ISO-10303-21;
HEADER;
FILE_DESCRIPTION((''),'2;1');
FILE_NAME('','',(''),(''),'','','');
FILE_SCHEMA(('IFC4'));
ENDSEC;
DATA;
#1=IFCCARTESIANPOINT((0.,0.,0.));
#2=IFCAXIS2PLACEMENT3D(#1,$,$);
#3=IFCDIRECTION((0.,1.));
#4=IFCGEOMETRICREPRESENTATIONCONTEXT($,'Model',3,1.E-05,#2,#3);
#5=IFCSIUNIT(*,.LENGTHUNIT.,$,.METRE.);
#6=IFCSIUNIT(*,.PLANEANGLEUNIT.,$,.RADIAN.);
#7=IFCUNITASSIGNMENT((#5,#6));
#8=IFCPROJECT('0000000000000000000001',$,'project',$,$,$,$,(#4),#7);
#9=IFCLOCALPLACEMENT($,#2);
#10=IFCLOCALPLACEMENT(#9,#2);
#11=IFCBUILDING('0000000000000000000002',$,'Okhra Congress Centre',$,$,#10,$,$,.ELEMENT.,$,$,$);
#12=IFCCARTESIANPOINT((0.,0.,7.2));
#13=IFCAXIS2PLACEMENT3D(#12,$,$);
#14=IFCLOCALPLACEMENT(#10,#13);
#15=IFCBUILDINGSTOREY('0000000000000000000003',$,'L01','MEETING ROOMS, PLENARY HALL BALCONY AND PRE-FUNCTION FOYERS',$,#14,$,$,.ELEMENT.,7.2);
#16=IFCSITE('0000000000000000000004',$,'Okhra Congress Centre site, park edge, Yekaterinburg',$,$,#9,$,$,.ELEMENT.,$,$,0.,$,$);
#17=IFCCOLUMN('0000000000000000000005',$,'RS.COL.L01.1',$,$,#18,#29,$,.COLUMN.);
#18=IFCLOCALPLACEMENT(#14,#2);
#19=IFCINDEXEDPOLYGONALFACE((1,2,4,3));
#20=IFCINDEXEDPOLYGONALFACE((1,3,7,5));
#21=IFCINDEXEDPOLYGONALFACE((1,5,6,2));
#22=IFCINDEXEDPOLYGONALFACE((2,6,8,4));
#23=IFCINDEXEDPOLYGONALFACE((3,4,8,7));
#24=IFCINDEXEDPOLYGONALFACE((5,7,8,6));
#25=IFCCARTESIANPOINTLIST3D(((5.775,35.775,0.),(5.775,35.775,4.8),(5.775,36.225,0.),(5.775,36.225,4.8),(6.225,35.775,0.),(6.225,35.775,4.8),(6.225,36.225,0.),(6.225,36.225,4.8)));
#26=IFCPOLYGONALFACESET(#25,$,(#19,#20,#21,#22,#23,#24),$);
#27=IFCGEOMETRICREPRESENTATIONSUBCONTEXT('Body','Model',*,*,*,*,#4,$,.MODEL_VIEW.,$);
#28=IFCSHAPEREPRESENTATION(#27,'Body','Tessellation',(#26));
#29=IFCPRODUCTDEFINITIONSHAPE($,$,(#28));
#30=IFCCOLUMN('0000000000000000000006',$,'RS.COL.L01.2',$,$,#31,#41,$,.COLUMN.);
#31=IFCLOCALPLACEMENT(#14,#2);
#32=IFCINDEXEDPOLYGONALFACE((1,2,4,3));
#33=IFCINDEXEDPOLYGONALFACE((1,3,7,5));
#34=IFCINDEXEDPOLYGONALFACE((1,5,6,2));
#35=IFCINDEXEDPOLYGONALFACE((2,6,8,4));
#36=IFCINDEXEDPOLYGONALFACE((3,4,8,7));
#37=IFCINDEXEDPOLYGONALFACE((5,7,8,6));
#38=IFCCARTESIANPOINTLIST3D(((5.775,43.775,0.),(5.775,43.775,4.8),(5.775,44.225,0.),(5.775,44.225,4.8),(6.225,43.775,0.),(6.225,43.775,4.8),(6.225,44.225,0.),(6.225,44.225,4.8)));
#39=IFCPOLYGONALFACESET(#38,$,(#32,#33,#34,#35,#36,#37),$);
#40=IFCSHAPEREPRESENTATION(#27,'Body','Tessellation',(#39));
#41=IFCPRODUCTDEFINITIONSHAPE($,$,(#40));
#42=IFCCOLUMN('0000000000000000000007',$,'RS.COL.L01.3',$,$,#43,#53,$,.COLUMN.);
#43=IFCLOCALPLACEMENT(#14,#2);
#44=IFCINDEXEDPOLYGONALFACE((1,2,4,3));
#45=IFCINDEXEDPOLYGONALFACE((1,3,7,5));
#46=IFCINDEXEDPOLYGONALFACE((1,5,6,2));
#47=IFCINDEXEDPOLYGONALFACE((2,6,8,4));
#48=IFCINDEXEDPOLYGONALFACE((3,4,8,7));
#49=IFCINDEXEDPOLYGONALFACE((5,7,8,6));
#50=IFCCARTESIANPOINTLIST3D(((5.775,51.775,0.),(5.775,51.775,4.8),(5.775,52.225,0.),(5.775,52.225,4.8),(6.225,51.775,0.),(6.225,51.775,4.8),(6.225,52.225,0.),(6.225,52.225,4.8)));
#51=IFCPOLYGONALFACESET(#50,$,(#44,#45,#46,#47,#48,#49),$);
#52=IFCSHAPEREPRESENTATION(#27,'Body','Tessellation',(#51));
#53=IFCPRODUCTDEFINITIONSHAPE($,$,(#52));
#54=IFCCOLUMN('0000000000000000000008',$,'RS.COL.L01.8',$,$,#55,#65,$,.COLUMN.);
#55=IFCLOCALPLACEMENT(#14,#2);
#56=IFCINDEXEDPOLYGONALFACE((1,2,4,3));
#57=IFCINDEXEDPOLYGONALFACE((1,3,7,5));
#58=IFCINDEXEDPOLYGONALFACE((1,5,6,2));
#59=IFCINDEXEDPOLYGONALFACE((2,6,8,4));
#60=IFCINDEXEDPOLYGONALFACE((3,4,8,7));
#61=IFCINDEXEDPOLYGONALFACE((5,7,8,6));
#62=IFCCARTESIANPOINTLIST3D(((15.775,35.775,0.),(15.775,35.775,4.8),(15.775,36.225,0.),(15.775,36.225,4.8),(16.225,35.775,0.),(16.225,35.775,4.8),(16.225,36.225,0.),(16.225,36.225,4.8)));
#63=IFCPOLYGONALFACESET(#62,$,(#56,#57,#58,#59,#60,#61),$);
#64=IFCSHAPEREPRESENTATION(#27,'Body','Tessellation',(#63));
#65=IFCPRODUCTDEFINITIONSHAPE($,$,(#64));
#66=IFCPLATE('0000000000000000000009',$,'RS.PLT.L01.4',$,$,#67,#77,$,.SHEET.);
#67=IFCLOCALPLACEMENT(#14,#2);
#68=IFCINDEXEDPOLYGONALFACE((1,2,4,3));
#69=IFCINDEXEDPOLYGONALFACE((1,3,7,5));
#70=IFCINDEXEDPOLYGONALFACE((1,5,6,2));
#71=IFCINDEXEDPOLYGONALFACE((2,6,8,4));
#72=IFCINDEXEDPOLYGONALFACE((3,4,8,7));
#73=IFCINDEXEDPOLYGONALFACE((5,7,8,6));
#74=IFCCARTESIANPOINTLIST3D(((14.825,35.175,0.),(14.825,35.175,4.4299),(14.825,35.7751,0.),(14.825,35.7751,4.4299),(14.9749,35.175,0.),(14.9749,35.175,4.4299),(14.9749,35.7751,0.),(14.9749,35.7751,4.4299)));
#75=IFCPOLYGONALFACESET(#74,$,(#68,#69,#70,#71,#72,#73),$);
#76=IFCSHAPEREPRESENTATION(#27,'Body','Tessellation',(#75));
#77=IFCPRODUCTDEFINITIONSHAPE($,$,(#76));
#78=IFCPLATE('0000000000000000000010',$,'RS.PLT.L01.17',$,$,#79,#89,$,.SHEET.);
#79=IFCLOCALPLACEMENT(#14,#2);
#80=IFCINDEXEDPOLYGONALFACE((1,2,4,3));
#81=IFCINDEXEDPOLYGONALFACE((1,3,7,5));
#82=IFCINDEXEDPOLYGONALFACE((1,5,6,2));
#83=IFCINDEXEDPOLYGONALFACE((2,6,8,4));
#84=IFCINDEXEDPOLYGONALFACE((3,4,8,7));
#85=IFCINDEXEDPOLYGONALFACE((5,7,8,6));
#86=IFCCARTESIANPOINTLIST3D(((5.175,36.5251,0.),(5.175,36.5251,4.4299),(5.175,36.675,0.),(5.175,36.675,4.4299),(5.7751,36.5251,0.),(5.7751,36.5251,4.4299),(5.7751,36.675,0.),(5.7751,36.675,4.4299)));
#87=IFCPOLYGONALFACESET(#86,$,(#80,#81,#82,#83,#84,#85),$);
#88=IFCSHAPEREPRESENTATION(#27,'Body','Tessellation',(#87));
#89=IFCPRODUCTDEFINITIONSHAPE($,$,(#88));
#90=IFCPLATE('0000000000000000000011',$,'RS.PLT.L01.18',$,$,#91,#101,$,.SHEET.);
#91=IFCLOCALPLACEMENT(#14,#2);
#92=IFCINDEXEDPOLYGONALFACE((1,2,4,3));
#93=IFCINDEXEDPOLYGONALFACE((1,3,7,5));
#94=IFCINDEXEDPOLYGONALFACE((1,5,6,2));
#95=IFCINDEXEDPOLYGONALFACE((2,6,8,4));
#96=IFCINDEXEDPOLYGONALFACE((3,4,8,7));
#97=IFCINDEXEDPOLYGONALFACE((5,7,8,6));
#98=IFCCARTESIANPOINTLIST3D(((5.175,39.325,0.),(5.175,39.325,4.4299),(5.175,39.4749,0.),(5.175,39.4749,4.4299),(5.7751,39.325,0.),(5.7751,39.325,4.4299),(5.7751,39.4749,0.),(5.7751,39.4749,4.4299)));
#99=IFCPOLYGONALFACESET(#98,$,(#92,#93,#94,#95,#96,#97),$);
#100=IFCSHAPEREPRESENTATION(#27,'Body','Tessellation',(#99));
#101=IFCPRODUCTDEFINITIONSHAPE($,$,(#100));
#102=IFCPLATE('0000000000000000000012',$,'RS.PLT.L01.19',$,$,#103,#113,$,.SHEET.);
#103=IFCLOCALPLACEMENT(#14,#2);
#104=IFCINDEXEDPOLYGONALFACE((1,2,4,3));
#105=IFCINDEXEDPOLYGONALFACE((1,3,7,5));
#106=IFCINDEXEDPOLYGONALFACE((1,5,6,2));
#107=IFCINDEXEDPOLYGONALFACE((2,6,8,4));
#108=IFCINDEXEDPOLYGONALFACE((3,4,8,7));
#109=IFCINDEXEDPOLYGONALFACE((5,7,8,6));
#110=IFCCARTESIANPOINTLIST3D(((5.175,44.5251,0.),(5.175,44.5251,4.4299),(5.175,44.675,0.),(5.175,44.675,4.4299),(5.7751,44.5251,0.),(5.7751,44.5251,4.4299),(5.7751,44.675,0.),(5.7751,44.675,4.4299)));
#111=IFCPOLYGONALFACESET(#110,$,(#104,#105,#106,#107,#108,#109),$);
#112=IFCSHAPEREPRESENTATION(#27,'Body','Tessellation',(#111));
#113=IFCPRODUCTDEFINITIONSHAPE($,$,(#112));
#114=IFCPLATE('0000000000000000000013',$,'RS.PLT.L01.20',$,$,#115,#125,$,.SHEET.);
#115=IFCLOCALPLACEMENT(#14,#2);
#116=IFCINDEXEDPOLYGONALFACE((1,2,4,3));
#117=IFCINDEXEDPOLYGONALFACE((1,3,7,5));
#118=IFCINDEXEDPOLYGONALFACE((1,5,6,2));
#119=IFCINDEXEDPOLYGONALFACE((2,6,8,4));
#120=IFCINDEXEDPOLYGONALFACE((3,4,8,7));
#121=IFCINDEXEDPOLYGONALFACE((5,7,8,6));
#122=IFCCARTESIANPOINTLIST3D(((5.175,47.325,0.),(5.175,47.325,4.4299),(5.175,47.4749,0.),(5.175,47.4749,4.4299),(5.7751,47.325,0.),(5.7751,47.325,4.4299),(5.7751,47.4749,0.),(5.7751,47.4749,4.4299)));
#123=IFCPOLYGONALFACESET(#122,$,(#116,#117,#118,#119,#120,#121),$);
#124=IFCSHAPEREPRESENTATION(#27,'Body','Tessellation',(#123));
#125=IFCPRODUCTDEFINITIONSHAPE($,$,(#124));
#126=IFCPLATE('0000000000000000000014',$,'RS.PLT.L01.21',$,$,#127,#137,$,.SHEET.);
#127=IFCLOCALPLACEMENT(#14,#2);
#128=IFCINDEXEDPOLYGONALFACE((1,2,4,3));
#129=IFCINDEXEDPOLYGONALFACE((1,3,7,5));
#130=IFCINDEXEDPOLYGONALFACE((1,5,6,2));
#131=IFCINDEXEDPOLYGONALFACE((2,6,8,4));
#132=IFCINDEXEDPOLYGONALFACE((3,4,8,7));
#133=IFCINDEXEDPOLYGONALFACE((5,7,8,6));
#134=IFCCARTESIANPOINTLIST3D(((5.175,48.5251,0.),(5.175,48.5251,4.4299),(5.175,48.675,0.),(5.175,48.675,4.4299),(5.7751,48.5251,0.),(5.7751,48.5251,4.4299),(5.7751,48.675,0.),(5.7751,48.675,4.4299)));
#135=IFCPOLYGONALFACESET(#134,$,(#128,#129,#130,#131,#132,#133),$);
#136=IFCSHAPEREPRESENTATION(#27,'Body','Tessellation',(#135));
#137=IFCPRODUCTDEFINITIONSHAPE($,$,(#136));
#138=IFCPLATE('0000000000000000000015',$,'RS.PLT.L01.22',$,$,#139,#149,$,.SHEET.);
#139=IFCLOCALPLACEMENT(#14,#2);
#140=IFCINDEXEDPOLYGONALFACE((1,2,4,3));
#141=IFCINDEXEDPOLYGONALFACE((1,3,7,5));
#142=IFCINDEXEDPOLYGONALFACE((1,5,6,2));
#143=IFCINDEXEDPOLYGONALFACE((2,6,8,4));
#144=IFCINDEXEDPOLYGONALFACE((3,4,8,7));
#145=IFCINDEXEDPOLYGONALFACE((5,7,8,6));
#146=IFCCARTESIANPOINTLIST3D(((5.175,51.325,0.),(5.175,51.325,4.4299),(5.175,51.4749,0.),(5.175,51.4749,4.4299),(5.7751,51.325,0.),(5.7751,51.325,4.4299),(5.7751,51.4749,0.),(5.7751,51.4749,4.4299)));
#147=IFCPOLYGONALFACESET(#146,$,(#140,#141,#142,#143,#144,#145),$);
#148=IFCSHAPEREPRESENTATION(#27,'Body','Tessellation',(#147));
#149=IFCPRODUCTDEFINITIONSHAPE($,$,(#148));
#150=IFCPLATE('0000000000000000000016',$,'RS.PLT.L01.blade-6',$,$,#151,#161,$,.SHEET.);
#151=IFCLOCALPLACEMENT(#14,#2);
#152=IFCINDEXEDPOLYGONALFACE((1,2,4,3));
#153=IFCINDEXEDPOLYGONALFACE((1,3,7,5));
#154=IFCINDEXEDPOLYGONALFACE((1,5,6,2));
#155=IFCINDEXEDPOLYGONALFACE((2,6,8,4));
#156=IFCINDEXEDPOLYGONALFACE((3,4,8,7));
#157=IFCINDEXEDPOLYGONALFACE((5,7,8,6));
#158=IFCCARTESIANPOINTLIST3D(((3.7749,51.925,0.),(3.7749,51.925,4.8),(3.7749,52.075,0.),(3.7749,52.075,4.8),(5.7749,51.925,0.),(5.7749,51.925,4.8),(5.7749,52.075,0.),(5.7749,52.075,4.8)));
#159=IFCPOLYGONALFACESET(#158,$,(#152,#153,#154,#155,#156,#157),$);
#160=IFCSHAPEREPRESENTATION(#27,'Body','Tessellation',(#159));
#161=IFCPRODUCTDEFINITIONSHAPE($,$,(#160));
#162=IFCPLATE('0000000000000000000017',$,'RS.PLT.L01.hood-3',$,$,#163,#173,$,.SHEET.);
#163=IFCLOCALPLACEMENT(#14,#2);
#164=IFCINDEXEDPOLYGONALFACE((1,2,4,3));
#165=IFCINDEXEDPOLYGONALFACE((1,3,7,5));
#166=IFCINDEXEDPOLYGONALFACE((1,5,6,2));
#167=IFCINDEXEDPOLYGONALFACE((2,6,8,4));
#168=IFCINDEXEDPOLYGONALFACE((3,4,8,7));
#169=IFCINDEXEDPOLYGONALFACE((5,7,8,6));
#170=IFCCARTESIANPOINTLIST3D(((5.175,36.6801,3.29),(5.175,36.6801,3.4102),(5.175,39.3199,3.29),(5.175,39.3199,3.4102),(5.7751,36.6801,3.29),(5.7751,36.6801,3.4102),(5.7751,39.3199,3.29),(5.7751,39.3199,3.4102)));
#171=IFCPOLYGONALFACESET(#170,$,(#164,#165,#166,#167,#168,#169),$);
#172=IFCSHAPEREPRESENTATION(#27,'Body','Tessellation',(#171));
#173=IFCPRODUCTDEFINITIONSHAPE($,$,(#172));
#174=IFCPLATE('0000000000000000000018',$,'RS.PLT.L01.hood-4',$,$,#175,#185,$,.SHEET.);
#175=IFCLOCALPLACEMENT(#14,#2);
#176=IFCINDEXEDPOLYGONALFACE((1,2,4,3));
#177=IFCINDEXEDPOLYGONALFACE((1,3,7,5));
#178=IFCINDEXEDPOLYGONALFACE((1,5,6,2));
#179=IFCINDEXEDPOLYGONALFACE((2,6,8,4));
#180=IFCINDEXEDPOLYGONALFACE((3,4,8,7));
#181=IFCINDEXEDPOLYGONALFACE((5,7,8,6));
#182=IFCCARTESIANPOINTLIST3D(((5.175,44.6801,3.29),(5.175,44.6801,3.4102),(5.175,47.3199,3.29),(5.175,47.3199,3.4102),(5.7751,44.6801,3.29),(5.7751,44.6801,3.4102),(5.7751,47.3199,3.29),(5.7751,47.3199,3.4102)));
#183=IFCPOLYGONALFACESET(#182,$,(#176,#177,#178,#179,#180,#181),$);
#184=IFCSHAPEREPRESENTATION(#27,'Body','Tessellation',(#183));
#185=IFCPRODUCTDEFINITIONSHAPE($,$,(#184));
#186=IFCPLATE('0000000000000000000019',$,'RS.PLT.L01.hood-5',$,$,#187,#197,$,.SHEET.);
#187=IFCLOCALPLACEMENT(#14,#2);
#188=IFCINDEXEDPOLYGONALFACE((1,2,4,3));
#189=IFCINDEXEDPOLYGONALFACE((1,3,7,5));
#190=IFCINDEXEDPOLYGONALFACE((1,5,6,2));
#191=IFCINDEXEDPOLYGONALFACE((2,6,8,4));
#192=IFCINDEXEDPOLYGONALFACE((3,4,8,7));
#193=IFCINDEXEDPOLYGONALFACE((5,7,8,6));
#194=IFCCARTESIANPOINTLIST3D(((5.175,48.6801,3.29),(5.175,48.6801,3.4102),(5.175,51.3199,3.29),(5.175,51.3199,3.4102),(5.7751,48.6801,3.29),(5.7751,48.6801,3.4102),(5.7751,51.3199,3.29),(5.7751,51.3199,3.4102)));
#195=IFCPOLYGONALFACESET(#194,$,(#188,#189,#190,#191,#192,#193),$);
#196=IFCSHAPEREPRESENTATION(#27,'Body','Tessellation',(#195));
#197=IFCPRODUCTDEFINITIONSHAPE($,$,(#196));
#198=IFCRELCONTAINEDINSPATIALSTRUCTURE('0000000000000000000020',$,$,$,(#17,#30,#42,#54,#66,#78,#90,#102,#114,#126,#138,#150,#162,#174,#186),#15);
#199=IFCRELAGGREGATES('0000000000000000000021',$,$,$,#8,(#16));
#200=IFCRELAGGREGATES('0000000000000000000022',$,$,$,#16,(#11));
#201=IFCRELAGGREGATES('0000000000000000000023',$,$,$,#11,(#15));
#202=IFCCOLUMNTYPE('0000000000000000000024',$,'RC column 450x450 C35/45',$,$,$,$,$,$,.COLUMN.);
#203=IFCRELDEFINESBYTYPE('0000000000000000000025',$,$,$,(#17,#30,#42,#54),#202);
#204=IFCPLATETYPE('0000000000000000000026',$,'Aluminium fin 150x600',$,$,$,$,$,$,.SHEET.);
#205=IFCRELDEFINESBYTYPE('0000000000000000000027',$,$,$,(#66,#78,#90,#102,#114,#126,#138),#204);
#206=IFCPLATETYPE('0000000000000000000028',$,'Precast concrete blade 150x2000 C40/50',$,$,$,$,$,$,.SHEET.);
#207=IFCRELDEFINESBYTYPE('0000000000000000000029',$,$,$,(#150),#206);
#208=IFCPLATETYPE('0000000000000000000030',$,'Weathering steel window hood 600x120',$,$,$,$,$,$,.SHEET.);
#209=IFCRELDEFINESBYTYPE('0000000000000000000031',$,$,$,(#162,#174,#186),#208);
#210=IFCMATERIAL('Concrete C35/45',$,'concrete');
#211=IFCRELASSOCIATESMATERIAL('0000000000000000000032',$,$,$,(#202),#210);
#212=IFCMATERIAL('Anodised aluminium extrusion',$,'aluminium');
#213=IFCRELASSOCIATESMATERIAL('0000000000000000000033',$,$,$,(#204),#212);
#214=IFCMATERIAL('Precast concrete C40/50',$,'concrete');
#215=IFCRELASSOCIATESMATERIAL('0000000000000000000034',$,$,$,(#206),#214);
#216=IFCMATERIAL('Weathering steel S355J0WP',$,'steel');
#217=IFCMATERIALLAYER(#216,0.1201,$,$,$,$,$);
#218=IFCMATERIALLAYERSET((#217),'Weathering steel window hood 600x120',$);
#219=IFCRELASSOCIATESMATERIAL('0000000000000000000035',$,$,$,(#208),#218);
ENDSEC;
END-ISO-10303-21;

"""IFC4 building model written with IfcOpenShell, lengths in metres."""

from ifc_helpers import new_model, si_unit, direction, frame, origin, origin_2d, place, context, subcontext, project, spatial, rectangle, extrude, material, layer, layer_set, material_profile, profile_set, type_object, element, save


model = new_model("IFC4")

# Units and contexts
model_context = context("Model", 3, precision=1e-05, world=origin(), true_north=direction((0.0, 1.0)))
body_context = subcontext(model_context, "Body", "Model", "MODEL_VIEW")
ifc_project = project(units=[si_unit("LENGTHUNIT", "METRE"), si_unit("PLANEANGLEUNIT", "RADIAN")], contexts=[model_context])

# Site, building, storey
site_placement = place(None, origin())
site = spatial("IfcSite", under=ifc_project, at=site_placement, Name="Okhra Congress Centre site, park edge, Yekaterinburg", CompositionType="ELEMENT", RefElevation=0.0)
building_placement = place(site_placement, origin())
building = spatial("IfcBuilding", under=site, at=building_placement, Name="Okhra Congress Centre", CompositionType="ELEMENT")
storey_placement = place(building_placement, frame((0.0, 0.0, 7.2)))
storey = spatial("IfcBuildingStorey", under=building, at=storey_placement, Name="L01", Description="MEETING ROOMS, PLENARY HALL BALCONY AND PRE-FUNCTION FOYERS", CompositionType="ELEMENT", Elevation=7.2)

# Columns
ifc_material_1 = material(Name="Concrete C35/45", Category="concrete")
ifc_material_profile = material_profile(ifc_material_1, rectangle(XDim=0.45, YDim=0.45, at=origin_2d()), Name="RC 450x450")
ifc_profile_set = profile_set([ifc_material_profile], Name="Concrete C35/45")
column_type = type_object("IfcColumnType", Name="RC column 450x450 C35/45", PredefinedType="COLUMN", material=ifc_profile_set)
for number, where, z_axis, x_axis, name in (
    (1, (6.0, 36.0, 0.0), (0.0, 0.0, 1.0), (1.0, 0.0, 0.0), "RS.COL.L01.1"),
    (2, (6.0, 44.0, 0.0), (0.0, 0.0, 1.0), (1.0, 0.0, 0.0), "RS.COL.L01.2"),
    (3, (6.0, 52.0, 0.0), (0.0, 0.0, 1.0), (1.0, 0.0, 0.0), "RS.COL.L01.3"),
    (4, (16.0, 36.0, 0.0), (0.0, 0.0, 1.0), (1.0, 0.0, 0.0), "RS.COL.L01.8"),
):
    element("IfcColumn", number, at=place(storey_placement, frame(where, z_axis=z_axis, x_axis=x_axis)), inside=storey, type_object=column_type, Name=name, PredefinedType="COLUMN", context=body_context, shape_type="SweptSolid", body=[
        extrude(rectangle(XDim=0.45, YDim=0.45, at=origin_2d()), origin(), (0.0, 0.0, 1.0), 4.8),
    ])

# Plates
ifc_material_2 = material(Name="Anodised aluminium extrusion", Category="aluminium")
plate_type_1 = type_object("IfcPlateType", Name="Aluminium fin 150x600", PredefinedType="SHEET", material=ifc_material_2)
for number, where, z_axis, x_axis, name in (
    (5, (14.8999, 35.4751, 0.0), (0.0, 0.0, 1.0), (1.0, 0.0, 0.0), "RS.PLT.L01.4"),
    (6, (5.4751, 36.6001, 0.0), (0.0, 0.0, 1.0), (0.0, -1.0, 0.0), "RS.PLT.L01.17"),
    (7, (5.4751, 39.3999, 0.0), (0.0, 0.0, 1.0), (0.0, -1.0, 0.0), "RS.PLT.L01.18"),
    (8, (5.4751, 44.6001, 0.0), (0.0, 0.0, 1.0), (0.0, -1.0, 0.0), "RS.PLT.L01.19"),
    (9, (5.4751, 47.3999, 0.0), (0.0, 0.0, 1.0), (0.0, -1.0, 0.0), "RS.PLT.L01.20"),
    (10, (5.4751, 48.6001, 0.0), (0.0, 0.0, 1.0), (0.0, -1.0, 0.0), "RS.PLT.L01.21"),
    (11, (5.4751, 51.3999, 0.0), (0.0, 0.0, 1.0), (0.0, -1.0, 0.0), "RS.PLT.L01.22"),
):
    element("IfcPlate", number, at=place(storey_placement, frame(where, z_axis=z_axis, x_axis=x_axis)), inside=storey, type_object=plate_type_1, Name=name, PredefinedType="SHEET", context=body_context, shape_type="SweptSolid", body=[
        extrude(rectangle(XDim=0.1499, YDim=0.6001, at=origin_2d()), origin(), (0.0, 0.0, 1.0), 4.4299),
    ])
ifc_material_3 = material(Name="Precast concrete C40/50", Category="concrete")
plate_type_2 = type_object("IfcPlateType", Name="Precast concrete blade 150x2000 C40/50", PredefinedType="SHEET", material=ifc_material_3)
plate_placement = place(storey_placement, frame((4.7749, 52.0, 0.0), z_axis=(0.0, 0.0, 1.0), x_axis=(0.0, -1.0, 0.0)))
element("IfcPlate", 12, at=plate_placement, inside=storey, type_object=plate_type_2, Name="RS.PLT.L01.blade-6", PredefinedType="SHEET", context=body_context, shape_type="SweptSolid", body=[
    extrude(rectangle(XDim=0.1499, YDim=2.0, at=origin_2d()), origin(), (0.0, 0.0, 1.0), 4.8),
])
ifc_material_4 = material(Name="Weathering steel S355J0WP", Category="steel")
ifc_layer_1 = layer(ifc_material_4, 0.1201)
ifc_layer_set_1 = layer_set([ifc_layer_1], Name="Weathering steel window hood 600x120")
plate_type_3 = type_object("IfcPlateType", Name="Weathering steel window hood 600x120", PredefinedType="SHEET", material=ifc_layer_set_1)
for number, where, z_axis, x_axis, name in (
    (13, (5.4751, 38.0, 3.29), (0.0, 0.0, 1.0), (0.0, -1.0, 0.0), "RS.PLT.L01.hood-3"),
    (14, (5.4751, 46.0, 3.29), (0.0, 0.0, 1.0), (0.0, -1.0, 0.0), "RS.PLT.L01.hood-4"),
    (15, (5.4751, 50.0, 3.29), (0.0, 0.0, 1.0), (0.0, -1.0, 0.0), "RS.PLT.L01.hood-5"),
):
    element("IfcPlate", number, at=place(storey_placement, frame(where, z_axis=z_axis, x_axis=x_axis)), inside=storey, type_object=plate_type_3, Name=name, PredefinedType="SHEET", context=body_context, shape_type="SweptSolid", body=[
        extrude(rectangle(XDim=2.6399, YDim=0.6001, at=origin_2d()), origin(), (0.0, 0.0, 1.0), 0.1201),
    ])

save(model, "model.ifc")
